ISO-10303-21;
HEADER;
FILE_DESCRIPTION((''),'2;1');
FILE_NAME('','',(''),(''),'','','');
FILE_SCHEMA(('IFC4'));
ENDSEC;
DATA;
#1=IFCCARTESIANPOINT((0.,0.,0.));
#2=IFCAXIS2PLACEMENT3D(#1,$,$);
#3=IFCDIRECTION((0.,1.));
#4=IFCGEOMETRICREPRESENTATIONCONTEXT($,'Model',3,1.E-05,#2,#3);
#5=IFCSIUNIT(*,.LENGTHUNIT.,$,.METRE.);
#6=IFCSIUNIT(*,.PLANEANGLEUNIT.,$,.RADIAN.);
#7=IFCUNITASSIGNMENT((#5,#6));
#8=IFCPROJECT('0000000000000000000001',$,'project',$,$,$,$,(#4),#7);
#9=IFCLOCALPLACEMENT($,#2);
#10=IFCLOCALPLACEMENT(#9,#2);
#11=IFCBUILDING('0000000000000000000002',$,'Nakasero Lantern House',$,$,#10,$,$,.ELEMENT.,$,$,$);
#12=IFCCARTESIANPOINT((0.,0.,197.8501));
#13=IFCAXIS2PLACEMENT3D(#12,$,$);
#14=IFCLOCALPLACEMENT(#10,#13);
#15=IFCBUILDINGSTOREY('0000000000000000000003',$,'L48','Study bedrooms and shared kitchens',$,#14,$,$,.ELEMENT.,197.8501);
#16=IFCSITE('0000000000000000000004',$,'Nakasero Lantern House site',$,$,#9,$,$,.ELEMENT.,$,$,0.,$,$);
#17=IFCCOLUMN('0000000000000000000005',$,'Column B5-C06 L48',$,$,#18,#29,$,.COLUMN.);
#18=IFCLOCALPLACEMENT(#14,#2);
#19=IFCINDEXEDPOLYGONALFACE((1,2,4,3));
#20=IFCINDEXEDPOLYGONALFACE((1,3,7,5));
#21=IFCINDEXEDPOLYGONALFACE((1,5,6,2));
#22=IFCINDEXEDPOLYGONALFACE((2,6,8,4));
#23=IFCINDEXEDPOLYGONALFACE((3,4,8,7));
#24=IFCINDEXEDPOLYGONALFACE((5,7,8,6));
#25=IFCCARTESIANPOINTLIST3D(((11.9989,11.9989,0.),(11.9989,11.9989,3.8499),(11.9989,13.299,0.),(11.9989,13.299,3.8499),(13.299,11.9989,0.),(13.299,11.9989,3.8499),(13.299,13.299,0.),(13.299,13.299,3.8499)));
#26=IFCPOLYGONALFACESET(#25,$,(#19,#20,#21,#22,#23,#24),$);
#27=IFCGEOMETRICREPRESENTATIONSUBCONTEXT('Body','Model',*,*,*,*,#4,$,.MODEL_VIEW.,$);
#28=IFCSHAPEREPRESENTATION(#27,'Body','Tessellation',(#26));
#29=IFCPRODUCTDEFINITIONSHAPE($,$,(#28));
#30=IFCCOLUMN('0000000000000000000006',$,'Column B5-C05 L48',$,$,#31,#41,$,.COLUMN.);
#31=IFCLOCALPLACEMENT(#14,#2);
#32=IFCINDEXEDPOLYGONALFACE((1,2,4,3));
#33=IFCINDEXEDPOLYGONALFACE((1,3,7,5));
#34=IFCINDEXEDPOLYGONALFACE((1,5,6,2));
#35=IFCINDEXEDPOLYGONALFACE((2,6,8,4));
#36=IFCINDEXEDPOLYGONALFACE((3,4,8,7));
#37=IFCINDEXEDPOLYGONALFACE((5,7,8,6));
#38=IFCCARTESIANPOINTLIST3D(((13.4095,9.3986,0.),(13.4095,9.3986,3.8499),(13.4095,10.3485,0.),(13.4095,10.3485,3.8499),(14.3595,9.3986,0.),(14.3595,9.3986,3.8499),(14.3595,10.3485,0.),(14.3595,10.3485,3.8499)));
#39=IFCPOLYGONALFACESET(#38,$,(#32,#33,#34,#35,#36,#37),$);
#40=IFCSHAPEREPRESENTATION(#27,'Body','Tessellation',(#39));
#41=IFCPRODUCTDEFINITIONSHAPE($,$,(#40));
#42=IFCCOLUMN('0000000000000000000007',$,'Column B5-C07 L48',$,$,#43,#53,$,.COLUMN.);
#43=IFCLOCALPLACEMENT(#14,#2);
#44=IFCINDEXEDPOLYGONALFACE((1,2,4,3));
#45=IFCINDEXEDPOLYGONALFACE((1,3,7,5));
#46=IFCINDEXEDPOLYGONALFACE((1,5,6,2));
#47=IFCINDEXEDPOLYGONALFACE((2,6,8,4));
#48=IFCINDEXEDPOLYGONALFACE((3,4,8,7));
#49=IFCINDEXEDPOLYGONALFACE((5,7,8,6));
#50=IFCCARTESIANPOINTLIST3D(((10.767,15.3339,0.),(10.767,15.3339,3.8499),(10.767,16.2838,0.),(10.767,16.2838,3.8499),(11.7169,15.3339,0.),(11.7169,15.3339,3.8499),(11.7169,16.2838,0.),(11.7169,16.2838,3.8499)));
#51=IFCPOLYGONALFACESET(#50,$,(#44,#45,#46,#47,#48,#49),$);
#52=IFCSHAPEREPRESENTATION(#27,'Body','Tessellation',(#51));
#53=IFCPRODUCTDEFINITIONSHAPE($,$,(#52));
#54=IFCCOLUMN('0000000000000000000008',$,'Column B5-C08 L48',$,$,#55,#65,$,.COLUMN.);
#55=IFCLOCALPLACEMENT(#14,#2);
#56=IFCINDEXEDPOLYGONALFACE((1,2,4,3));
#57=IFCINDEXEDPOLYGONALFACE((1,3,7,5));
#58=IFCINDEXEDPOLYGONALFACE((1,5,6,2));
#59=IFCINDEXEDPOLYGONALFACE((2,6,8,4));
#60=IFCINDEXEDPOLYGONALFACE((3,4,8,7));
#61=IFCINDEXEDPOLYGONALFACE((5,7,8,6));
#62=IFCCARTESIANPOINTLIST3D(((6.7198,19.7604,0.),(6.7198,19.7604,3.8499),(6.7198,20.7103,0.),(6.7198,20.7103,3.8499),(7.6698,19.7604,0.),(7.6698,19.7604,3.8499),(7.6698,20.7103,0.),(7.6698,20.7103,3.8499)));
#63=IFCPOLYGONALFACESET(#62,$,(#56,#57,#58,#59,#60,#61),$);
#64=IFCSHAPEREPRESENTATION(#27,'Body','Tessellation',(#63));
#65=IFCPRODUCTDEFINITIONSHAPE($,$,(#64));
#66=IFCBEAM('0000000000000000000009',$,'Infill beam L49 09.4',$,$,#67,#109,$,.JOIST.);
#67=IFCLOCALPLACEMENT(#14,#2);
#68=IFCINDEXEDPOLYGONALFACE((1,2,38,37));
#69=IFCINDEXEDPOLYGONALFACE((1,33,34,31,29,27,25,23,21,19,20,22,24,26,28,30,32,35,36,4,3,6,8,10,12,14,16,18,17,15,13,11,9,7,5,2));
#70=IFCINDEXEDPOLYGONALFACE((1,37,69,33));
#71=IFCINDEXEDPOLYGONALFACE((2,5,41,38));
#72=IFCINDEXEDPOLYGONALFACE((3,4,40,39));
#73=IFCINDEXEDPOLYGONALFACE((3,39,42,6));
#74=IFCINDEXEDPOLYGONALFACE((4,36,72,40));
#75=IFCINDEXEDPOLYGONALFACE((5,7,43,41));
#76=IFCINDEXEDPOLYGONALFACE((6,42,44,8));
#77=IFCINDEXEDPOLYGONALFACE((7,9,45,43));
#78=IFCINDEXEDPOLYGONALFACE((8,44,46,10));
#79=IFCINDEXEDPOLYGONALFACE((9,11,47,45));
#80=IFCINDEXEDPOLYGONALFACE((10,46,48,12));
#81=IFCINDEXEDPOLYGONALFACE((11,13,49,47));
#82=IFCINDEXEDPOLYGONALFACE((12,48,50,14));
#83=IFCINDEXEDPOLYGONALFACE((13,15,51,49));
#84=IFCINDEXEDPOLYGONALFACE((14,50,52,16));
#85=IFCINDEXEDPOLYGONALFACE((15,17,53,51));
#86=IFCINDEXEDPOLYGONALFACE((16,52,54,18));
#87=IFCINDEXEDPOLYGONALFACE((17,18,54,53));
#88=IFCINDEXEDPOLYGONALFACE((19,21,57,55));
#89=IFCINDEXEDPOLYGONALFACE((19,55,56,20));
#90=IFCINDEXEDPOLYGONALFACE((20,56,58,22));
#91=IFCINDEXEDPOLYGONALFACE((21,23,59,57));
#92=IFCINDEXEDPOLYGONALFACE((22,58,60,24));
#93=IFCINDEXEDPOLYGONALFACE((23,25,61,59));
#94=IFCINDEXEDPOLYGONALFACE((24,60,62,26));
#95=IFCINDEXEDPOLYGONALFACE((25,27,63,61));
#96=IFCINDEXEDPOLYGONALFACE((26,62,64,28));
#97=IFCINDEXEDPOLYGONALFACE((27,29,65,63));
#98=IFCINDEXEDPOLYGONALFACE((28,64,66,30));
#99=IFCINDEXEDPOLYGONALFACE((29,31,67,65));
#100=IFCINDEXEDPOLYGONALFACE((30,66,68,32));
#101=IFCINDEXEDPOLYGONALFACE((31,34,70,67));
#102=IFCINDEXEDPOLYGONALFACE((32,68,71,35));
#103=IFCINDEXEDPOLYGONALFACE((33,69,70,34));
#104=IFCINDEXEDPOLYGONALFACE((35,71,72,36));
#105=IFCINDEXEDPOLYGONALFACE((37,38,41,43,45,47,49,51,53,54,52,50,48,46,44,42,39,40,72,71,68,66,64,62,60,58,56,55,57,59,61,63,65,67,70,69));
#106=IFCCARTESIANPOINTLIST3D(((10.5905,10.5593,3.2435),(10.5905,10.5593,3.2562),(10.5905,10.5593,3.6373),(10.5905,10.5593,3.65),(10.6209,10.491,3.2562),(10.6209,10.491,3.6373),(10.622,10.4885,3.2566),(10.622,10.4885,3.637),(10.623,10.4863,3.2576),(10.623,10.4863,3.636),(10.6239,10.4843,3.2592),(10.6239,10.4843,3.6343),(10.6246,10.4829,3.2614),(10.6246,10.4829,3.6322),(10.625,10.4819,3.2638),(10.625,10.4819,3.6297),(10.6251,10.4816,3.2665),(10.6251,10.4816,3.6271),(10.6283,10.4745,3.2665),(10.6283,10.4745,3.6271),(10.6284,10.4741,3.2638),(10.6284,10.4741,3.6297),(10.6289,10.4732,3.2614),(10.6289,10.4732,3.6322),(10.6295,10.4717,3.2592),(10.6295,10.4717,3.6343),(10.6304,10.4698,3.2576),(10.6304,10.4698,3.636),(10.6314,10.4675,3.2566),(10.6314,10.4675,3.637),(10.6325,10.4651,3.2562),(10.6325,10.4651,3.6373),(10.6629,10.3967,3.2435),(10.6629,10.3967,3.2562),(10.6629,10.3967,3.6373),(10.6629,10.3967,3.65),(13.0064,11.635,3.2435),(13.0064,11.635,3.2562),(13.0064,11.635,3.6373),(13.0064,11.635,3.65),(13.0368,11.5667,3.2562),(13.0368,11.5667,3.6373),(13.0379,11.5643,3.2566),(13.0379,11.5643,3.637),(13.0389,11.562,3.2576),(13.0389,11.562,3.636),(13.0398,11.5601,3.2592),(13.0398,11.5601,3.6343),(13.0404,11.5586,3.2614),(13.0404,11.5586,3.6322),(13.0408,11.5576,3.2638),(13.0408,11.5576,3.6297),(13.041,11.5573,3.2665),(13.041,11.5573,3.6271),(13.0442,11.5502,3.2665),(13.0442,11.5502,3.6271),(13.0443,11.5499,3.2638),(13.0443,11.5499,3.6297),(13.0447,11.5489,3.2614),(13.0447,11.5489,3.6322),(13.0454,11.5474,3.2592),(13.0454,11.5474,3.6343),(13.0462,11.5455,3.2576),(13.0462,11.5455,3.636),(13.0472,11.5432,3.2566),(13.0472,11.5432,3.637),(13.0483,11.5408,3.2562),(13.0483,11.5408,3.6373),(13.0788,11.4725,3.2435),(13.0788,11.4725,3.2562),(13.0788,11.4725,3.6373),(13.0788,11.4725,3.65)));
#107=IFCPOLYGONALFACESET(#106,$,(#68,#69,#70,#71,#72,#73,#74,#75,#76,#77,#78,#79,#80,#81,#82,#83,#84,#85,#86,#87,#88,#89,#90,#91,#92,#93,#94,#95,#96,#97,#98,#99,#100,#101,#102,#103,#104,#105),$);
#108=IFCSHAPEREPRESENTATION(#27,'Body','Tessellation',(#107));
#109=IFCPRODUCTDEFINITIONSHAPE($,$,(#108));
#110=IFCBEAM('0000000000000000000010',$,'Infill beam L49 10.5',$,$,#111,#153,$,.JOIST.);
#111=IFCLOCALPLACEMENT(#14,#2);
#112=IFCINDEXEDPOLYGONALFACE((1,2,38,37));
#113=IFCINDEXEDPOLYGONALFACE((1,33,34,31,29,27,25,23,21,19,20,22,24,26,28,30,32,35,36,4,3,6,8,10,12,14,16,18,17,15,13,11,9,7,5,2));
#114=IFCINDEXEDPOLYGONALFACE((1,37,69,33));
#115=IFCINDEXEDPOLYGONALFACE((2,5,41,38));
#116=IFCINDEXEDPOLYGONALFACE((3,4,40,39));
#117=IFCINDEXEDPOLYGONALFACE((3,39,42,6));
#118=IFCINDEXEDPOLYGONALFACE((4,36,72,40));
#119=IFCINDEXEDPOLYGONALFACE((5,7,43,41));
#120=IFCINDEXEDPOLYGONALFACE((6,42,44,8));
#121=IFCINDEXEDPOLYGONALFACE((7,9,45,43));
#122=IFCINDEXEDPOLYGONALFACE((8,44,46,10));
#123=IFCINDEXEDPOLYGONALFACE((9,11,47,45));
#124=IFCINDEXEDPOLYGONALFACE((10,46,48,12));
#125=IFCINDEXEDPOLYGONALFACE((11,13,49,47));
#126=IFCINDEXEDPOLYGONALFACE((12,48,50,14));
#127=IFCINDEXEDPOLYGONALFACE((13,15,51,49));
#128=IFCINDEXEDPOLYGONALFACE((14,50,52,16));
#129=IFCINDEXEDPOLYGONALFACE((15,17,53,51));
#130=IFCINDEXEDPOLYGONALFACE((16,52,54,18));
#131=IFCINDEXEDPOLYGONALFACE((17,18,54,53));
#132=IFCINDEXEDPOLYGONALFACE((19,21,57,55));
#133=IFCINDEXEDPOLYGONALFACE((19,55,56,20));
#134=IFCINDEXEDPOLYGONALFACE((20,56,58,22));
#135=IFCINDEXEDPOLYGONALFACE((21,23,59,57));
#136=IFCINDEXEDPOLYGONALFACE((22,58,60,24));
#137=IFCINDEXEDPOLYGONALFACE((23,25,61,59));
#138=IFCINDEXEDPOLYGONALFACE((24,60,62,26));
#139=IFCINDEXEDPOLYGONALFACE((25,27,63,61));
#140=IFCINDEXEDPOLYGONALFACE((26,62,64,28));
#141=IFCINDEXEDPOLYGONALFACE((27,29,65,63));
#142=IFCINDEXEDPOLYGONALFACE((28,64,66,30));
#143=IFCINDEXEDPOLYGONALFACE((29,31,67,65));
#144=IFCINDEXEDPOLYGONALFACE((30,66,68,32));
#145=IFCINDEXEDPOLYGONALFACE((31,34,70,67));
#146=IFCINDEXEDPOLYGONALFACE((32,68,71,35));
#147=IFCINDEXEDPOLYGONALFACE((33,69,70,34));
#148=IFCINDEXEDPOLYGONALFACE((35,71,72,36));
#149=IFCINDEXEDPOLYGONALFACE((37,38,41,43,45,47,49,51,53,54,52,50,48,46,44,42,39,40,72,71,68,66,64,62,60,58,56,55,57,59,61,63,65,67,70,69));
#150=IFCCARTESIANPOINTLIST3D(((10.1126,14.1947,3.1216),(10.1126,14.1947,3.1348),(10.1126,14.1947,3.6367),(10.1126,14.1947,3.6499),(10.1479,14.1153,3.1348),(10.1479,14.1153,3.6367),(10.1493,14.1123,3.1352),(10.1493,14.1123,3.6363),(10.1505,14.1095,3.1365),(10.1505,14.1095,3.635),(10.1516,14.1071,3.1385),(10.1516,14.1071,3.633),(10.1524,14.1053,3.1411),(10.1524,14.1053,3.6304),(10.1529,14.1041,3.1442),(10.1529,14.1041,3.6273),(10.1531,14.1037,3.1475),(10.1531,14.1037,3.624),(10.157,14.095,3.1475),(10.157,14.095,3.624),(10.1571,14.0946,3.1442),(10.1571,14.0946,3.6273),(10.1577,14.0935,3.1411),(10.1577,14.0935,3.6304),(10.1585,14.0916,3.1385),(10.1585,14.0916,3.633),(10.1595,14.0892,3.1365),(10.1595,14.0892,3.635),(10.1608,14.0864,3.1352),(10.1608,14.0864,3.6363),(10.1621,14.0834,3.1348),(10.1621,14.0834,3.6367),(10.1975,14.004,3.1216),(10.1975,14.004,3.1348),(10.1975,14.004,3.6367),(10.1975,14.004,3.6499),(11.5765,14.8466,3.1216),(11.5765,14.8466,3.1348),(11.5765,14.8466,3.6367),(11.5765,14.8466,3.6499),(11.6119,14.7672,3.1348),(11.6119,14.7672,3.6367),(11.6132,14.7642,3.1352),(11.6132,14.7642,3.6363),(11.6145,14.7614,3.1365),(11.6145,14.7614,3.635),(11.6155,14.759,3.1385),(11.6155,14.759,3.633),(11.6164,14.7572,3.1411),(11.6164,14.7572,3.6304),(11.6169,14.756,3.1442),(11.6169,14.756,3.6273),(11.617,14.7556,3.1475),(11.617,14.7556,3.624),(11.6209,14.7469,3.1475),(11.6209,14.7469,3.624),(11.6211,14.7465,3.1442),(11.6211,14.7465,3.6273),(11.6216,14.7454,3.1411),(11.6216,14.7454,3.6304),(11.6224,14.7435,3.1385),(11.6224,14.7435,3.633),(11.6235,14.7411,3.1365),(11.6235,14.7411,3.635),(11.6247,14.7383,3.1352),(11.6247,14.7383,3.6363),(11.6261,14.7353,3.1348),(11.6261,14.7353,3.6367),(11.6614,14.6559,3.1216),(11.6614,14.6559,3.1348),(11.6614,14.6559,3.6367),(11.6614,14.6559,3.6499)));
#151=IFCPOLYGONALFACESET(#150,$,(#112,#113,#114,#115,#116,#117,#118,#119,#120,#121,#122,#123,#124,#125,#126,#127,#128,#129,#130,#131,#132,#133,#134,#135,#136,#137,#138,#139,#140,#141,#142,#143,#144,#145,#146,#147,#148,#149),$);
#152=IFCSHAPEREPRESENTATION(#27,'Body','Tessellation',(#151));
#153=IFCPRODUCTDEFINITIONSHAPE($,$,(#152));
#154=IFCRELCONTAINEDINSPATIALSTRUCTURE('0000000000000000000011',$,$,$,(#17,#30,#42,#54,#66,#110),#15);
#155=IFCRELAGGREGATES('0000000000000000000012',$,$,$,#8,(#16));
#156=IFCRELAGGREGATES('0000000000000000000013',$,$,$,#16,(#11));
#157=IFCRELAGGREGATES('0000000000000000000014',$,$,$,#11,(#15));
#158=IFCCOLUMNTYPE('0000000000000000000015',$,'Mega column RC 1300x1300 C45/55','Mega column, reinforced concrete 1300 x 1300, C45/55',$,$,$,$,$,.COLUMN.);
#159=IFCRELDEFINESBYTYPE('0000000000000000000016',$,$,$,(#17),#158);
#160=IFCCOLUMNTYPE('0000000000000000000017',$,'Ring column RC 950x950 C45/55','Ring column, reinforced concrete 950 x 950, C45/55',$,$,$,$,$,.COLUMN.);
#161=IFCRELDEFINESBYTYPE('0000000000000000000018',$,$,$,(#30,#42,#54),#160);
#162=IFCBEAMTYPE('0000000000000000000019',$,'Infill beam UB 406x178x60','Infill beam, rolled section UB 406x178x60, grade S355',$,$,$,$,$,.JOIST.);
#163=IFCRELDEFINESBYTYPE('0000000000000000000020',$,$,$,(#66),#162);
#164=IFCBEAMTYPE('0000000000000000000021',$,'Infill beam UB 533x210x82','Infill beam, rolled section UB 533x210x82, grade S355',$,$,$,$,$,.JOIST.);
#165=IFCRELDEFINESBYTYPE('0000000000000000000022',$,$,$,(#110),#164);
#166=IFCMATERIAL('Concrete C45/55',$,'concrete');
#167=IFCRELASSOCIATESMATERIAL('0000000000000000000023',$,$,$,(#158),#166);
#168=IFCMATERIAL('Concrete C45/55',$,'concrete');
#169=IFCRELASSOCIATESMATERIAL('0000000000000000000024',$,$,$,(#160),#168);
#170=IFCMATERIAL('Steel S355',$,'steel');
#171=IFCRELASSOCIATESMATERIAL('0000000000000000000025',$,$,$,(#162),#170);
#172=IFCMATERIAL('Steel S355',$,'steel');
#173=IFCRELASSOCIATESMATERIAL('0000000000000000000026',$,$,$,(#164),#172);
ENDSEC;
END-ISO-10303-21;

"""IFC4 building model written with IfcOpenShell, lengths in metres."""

from ifc_helpers import new_model, si_unit, direction, frame, origin, origin_2d, place, context, subcontext, project, spatial, rectangle, i_section, extrude, material, material_profile, profile_set, type_object, element, save


model = new_model("IFC4")

# Units and contexts
model_context = context("Model", 3, precision=1e-05, world=origin(), true_north=direction((0.0, 1.0)))
body_context = subcontext(model_context, "Body", "Model", "MODEL_VIEW")
ifc_project = project(units=[si_unit("LENGTHUNIT", "METRE"), si_unit("PLANEANGLEUNIT", "RADIAN")], contexts=[model_context])

# Site, building, storey
site_placement = place(None, origin())
site = spatial("IfcSite", under=ifc_project, at=site_placement, Name="Nakasero Lantern House site", CompositionType="ELEMENT", RefElevation=0.0)
building_placement = place(site_placement, origin())
building = spatial("IfcBuilding", under=site, at=building_placement, Name="Nakasero Lantern House", CompositionType="ELEMENT")
storey_placement = place(building_placement, frame((0.0, 0.0, 197.8501)))
storey = spatial("IfcBuildingStorey", under=building, at=storey_placement, Name="L48", Description="Study bedrooms and shared kitchens", CompositionType="ELEMENT", Elevation=197.8501)

# Columns
ifc_material_1 = material(Name="Concrete C45/55", Category="concrete")
ifc_material_profile_1 = material_profile(ifc_material_1, rectangle(XDim=1.3, YDim=1.3, at=origin_2d()), Name="RC 1300x1300")
ifc_profile_set_1 = profile_set([ifc_material_profile_1], Name="Concrete C45/55")
column_type_1 = type_object("IfcColumnType", Name="Mega column RC 1300x1300 C45/55", Description="Mega column, reinforced concrete 1300 x 1300, C45/55", PredefinedType="COLUMN", material=ifc_profile_set_1)
column_placement = place(storey_placement, frame((12.6489, 12.6489, 0.0), z_axis=(0.0, 0.0, 1.0), x_axis=(1.0, 0.0, 0.0)))
element("IfcColumn", 1, at=column_placement, inside=storey, type_object=column_type_1, Name="Column B5-C06 L48", PredefinedType="COLUMN", context=body_context, shape_type="SweptSolid", body=[
    extrude(rectangle(XDim=1.3, YDim=1.3, at=origin_2d()), origin(), (0.0, 0.0, 1.0), 3.8499),
])
ifc_material_2 = material(Name="Concrete C45/55", Category="concrete")
ifc_material_profile_2 = material_profile(ifc_material_2, rectangle(XDim=0.95, YDim=0.95, at=origin_2d()), Name="RC 950x950")
ifc_profile_set_2 = profile_set([ifc_material_profile_2], Name="Concrete C45/55")
column_type_2 = type_object("IfcColumnType", Name="Ring column RC 950x950 C45/55", Description="Ring column, reinforced concrete 950 x 950, C45/55", PredefinedType="COLUMN", material=ifc_profile_set_2)
for number, where, z_axis, x_axis, name in (
    (2, (13.8845, 9.8735, 0.0), (0.0, 0.0, 1.0), (1.0, 0.0, 0.0), "Column B5-C05 L48"),
    (3, (11.2419, 15.8088, 0.0), (0.0, 0.0, 1.0), (1.0, 0.0, 0.0), "Column B5-C07 L48"),
    (4, (7.1948, 20.2354, 0.0), (0.0, 0.0, 1.0), (1.0, 0.0, 0.0), "Column B5-C08 L48"),
):
    element("IfcColumn", number, at=place(storey_placement, frame(where, z_axis=z_axis, x_axis=x_axis)), inside=storey, type_object=column_type_2, Name=name, PredefinedType="COLUMN", context=body_context, shape_type="SweptSolid", body=[
        extrude(rectangle(XDim=0.95, YDim=0.95, at=origin_2d()), origin(), (0.0, 0.0, 1.0), 3.8499),
    ])

# Beams
ifc_material_3 = material(Name="Steel S355", Category="steel")
ifc_material_profile_3 = material_profile(ifc_material_3, i_section(OverallWidth=0.178, OverallDepth=0.4065, WebThickness=0.0078, FlangeThickness=0.0127, FilletRadius=0.0103, at=origin_2d()), Name="UB 406x178x60")
ifc_profile_set_3 = profile_set([ifc_material_profile_3], Name="Steel S355")
beam_type_1 = type_object("IfcBeamType", Name="Infill beam UB 406x178x60", Description="Infill beam, rolled section UB 406x178x60, grade S355", PredefinedType="JOIST", material=ifc_profile_set_3)
beam_1_placement = place(storey_placement, frame((10.6267, 10.478, 3.4468), z_axis=(0.91353, 0.406772, 0.0), x_axis=(-0.406772, 0.91353, 0.0)))
element("IfcBeam", 5, at=beam_1_placement, inside=storey, type_object=beam_type_1, Name="Infill beam L49 09.4", PredefinedType="JOIST", context=body_context, shape_type="SweptSolid", body=[
    extrude(i_section(OverallWidth=0.178, OverallDepth=0.4065, WebThickness=0.0078, FlangeThickness=0.0127, FilletRadius=0.0103, at=origin_2d()), origin(), (0.0, 0.0, 1.0), 2.6445),
])
ifc_material_4 = material(Name="Steel S355", Category="steel")
ifc_material_profile_4 = material_profile(ifc_material_4, i_section(OverallWidth=0.2087, OverallDepth=0.5283, WebThickness=0.0095, FlangeThickness=0.0132, FilletRadius=0.0127, at=origin_2d()), Name="UB 533x210x82")
ifc_profile_set_4 = profile_set([ifc_material_profile_4], Name="Steel S355")
beam_type_2 = type_object("IfcBeamType", Name="Infill beam UB 533x210x82", Description="Infill beam, rolled section UB 533x210x82, grade S355", PredefinedType="JOIST", material=ifc_profile_set_4)
beam_2_placement = place(storey_placement, frame((10.155, 14.0994, 3.3857), z_axis=(0.913522, 0.406789, 0.0), x_axis=(-0.406789, 0.913522, 0.0)))
element("IfcBeam", 6, at=beam_2_placement, inside=storey, type_object=beam_type_2, Name="Infill beam L49 10.5", PredefinedType="JOIST", context=body_context, shape_type="SweptSolid", body=[
    extrude(i_section(OverallWidth=0.2087, OverallDepth=0.5283, WebThickness=0.0095, FlangeThickness=0.0132, FilletRadius=0.0127, at=origin_2d()), origin(), (0.0, 0.0, 1.0), 1.6025),
])

save(model, "model.ifc")
